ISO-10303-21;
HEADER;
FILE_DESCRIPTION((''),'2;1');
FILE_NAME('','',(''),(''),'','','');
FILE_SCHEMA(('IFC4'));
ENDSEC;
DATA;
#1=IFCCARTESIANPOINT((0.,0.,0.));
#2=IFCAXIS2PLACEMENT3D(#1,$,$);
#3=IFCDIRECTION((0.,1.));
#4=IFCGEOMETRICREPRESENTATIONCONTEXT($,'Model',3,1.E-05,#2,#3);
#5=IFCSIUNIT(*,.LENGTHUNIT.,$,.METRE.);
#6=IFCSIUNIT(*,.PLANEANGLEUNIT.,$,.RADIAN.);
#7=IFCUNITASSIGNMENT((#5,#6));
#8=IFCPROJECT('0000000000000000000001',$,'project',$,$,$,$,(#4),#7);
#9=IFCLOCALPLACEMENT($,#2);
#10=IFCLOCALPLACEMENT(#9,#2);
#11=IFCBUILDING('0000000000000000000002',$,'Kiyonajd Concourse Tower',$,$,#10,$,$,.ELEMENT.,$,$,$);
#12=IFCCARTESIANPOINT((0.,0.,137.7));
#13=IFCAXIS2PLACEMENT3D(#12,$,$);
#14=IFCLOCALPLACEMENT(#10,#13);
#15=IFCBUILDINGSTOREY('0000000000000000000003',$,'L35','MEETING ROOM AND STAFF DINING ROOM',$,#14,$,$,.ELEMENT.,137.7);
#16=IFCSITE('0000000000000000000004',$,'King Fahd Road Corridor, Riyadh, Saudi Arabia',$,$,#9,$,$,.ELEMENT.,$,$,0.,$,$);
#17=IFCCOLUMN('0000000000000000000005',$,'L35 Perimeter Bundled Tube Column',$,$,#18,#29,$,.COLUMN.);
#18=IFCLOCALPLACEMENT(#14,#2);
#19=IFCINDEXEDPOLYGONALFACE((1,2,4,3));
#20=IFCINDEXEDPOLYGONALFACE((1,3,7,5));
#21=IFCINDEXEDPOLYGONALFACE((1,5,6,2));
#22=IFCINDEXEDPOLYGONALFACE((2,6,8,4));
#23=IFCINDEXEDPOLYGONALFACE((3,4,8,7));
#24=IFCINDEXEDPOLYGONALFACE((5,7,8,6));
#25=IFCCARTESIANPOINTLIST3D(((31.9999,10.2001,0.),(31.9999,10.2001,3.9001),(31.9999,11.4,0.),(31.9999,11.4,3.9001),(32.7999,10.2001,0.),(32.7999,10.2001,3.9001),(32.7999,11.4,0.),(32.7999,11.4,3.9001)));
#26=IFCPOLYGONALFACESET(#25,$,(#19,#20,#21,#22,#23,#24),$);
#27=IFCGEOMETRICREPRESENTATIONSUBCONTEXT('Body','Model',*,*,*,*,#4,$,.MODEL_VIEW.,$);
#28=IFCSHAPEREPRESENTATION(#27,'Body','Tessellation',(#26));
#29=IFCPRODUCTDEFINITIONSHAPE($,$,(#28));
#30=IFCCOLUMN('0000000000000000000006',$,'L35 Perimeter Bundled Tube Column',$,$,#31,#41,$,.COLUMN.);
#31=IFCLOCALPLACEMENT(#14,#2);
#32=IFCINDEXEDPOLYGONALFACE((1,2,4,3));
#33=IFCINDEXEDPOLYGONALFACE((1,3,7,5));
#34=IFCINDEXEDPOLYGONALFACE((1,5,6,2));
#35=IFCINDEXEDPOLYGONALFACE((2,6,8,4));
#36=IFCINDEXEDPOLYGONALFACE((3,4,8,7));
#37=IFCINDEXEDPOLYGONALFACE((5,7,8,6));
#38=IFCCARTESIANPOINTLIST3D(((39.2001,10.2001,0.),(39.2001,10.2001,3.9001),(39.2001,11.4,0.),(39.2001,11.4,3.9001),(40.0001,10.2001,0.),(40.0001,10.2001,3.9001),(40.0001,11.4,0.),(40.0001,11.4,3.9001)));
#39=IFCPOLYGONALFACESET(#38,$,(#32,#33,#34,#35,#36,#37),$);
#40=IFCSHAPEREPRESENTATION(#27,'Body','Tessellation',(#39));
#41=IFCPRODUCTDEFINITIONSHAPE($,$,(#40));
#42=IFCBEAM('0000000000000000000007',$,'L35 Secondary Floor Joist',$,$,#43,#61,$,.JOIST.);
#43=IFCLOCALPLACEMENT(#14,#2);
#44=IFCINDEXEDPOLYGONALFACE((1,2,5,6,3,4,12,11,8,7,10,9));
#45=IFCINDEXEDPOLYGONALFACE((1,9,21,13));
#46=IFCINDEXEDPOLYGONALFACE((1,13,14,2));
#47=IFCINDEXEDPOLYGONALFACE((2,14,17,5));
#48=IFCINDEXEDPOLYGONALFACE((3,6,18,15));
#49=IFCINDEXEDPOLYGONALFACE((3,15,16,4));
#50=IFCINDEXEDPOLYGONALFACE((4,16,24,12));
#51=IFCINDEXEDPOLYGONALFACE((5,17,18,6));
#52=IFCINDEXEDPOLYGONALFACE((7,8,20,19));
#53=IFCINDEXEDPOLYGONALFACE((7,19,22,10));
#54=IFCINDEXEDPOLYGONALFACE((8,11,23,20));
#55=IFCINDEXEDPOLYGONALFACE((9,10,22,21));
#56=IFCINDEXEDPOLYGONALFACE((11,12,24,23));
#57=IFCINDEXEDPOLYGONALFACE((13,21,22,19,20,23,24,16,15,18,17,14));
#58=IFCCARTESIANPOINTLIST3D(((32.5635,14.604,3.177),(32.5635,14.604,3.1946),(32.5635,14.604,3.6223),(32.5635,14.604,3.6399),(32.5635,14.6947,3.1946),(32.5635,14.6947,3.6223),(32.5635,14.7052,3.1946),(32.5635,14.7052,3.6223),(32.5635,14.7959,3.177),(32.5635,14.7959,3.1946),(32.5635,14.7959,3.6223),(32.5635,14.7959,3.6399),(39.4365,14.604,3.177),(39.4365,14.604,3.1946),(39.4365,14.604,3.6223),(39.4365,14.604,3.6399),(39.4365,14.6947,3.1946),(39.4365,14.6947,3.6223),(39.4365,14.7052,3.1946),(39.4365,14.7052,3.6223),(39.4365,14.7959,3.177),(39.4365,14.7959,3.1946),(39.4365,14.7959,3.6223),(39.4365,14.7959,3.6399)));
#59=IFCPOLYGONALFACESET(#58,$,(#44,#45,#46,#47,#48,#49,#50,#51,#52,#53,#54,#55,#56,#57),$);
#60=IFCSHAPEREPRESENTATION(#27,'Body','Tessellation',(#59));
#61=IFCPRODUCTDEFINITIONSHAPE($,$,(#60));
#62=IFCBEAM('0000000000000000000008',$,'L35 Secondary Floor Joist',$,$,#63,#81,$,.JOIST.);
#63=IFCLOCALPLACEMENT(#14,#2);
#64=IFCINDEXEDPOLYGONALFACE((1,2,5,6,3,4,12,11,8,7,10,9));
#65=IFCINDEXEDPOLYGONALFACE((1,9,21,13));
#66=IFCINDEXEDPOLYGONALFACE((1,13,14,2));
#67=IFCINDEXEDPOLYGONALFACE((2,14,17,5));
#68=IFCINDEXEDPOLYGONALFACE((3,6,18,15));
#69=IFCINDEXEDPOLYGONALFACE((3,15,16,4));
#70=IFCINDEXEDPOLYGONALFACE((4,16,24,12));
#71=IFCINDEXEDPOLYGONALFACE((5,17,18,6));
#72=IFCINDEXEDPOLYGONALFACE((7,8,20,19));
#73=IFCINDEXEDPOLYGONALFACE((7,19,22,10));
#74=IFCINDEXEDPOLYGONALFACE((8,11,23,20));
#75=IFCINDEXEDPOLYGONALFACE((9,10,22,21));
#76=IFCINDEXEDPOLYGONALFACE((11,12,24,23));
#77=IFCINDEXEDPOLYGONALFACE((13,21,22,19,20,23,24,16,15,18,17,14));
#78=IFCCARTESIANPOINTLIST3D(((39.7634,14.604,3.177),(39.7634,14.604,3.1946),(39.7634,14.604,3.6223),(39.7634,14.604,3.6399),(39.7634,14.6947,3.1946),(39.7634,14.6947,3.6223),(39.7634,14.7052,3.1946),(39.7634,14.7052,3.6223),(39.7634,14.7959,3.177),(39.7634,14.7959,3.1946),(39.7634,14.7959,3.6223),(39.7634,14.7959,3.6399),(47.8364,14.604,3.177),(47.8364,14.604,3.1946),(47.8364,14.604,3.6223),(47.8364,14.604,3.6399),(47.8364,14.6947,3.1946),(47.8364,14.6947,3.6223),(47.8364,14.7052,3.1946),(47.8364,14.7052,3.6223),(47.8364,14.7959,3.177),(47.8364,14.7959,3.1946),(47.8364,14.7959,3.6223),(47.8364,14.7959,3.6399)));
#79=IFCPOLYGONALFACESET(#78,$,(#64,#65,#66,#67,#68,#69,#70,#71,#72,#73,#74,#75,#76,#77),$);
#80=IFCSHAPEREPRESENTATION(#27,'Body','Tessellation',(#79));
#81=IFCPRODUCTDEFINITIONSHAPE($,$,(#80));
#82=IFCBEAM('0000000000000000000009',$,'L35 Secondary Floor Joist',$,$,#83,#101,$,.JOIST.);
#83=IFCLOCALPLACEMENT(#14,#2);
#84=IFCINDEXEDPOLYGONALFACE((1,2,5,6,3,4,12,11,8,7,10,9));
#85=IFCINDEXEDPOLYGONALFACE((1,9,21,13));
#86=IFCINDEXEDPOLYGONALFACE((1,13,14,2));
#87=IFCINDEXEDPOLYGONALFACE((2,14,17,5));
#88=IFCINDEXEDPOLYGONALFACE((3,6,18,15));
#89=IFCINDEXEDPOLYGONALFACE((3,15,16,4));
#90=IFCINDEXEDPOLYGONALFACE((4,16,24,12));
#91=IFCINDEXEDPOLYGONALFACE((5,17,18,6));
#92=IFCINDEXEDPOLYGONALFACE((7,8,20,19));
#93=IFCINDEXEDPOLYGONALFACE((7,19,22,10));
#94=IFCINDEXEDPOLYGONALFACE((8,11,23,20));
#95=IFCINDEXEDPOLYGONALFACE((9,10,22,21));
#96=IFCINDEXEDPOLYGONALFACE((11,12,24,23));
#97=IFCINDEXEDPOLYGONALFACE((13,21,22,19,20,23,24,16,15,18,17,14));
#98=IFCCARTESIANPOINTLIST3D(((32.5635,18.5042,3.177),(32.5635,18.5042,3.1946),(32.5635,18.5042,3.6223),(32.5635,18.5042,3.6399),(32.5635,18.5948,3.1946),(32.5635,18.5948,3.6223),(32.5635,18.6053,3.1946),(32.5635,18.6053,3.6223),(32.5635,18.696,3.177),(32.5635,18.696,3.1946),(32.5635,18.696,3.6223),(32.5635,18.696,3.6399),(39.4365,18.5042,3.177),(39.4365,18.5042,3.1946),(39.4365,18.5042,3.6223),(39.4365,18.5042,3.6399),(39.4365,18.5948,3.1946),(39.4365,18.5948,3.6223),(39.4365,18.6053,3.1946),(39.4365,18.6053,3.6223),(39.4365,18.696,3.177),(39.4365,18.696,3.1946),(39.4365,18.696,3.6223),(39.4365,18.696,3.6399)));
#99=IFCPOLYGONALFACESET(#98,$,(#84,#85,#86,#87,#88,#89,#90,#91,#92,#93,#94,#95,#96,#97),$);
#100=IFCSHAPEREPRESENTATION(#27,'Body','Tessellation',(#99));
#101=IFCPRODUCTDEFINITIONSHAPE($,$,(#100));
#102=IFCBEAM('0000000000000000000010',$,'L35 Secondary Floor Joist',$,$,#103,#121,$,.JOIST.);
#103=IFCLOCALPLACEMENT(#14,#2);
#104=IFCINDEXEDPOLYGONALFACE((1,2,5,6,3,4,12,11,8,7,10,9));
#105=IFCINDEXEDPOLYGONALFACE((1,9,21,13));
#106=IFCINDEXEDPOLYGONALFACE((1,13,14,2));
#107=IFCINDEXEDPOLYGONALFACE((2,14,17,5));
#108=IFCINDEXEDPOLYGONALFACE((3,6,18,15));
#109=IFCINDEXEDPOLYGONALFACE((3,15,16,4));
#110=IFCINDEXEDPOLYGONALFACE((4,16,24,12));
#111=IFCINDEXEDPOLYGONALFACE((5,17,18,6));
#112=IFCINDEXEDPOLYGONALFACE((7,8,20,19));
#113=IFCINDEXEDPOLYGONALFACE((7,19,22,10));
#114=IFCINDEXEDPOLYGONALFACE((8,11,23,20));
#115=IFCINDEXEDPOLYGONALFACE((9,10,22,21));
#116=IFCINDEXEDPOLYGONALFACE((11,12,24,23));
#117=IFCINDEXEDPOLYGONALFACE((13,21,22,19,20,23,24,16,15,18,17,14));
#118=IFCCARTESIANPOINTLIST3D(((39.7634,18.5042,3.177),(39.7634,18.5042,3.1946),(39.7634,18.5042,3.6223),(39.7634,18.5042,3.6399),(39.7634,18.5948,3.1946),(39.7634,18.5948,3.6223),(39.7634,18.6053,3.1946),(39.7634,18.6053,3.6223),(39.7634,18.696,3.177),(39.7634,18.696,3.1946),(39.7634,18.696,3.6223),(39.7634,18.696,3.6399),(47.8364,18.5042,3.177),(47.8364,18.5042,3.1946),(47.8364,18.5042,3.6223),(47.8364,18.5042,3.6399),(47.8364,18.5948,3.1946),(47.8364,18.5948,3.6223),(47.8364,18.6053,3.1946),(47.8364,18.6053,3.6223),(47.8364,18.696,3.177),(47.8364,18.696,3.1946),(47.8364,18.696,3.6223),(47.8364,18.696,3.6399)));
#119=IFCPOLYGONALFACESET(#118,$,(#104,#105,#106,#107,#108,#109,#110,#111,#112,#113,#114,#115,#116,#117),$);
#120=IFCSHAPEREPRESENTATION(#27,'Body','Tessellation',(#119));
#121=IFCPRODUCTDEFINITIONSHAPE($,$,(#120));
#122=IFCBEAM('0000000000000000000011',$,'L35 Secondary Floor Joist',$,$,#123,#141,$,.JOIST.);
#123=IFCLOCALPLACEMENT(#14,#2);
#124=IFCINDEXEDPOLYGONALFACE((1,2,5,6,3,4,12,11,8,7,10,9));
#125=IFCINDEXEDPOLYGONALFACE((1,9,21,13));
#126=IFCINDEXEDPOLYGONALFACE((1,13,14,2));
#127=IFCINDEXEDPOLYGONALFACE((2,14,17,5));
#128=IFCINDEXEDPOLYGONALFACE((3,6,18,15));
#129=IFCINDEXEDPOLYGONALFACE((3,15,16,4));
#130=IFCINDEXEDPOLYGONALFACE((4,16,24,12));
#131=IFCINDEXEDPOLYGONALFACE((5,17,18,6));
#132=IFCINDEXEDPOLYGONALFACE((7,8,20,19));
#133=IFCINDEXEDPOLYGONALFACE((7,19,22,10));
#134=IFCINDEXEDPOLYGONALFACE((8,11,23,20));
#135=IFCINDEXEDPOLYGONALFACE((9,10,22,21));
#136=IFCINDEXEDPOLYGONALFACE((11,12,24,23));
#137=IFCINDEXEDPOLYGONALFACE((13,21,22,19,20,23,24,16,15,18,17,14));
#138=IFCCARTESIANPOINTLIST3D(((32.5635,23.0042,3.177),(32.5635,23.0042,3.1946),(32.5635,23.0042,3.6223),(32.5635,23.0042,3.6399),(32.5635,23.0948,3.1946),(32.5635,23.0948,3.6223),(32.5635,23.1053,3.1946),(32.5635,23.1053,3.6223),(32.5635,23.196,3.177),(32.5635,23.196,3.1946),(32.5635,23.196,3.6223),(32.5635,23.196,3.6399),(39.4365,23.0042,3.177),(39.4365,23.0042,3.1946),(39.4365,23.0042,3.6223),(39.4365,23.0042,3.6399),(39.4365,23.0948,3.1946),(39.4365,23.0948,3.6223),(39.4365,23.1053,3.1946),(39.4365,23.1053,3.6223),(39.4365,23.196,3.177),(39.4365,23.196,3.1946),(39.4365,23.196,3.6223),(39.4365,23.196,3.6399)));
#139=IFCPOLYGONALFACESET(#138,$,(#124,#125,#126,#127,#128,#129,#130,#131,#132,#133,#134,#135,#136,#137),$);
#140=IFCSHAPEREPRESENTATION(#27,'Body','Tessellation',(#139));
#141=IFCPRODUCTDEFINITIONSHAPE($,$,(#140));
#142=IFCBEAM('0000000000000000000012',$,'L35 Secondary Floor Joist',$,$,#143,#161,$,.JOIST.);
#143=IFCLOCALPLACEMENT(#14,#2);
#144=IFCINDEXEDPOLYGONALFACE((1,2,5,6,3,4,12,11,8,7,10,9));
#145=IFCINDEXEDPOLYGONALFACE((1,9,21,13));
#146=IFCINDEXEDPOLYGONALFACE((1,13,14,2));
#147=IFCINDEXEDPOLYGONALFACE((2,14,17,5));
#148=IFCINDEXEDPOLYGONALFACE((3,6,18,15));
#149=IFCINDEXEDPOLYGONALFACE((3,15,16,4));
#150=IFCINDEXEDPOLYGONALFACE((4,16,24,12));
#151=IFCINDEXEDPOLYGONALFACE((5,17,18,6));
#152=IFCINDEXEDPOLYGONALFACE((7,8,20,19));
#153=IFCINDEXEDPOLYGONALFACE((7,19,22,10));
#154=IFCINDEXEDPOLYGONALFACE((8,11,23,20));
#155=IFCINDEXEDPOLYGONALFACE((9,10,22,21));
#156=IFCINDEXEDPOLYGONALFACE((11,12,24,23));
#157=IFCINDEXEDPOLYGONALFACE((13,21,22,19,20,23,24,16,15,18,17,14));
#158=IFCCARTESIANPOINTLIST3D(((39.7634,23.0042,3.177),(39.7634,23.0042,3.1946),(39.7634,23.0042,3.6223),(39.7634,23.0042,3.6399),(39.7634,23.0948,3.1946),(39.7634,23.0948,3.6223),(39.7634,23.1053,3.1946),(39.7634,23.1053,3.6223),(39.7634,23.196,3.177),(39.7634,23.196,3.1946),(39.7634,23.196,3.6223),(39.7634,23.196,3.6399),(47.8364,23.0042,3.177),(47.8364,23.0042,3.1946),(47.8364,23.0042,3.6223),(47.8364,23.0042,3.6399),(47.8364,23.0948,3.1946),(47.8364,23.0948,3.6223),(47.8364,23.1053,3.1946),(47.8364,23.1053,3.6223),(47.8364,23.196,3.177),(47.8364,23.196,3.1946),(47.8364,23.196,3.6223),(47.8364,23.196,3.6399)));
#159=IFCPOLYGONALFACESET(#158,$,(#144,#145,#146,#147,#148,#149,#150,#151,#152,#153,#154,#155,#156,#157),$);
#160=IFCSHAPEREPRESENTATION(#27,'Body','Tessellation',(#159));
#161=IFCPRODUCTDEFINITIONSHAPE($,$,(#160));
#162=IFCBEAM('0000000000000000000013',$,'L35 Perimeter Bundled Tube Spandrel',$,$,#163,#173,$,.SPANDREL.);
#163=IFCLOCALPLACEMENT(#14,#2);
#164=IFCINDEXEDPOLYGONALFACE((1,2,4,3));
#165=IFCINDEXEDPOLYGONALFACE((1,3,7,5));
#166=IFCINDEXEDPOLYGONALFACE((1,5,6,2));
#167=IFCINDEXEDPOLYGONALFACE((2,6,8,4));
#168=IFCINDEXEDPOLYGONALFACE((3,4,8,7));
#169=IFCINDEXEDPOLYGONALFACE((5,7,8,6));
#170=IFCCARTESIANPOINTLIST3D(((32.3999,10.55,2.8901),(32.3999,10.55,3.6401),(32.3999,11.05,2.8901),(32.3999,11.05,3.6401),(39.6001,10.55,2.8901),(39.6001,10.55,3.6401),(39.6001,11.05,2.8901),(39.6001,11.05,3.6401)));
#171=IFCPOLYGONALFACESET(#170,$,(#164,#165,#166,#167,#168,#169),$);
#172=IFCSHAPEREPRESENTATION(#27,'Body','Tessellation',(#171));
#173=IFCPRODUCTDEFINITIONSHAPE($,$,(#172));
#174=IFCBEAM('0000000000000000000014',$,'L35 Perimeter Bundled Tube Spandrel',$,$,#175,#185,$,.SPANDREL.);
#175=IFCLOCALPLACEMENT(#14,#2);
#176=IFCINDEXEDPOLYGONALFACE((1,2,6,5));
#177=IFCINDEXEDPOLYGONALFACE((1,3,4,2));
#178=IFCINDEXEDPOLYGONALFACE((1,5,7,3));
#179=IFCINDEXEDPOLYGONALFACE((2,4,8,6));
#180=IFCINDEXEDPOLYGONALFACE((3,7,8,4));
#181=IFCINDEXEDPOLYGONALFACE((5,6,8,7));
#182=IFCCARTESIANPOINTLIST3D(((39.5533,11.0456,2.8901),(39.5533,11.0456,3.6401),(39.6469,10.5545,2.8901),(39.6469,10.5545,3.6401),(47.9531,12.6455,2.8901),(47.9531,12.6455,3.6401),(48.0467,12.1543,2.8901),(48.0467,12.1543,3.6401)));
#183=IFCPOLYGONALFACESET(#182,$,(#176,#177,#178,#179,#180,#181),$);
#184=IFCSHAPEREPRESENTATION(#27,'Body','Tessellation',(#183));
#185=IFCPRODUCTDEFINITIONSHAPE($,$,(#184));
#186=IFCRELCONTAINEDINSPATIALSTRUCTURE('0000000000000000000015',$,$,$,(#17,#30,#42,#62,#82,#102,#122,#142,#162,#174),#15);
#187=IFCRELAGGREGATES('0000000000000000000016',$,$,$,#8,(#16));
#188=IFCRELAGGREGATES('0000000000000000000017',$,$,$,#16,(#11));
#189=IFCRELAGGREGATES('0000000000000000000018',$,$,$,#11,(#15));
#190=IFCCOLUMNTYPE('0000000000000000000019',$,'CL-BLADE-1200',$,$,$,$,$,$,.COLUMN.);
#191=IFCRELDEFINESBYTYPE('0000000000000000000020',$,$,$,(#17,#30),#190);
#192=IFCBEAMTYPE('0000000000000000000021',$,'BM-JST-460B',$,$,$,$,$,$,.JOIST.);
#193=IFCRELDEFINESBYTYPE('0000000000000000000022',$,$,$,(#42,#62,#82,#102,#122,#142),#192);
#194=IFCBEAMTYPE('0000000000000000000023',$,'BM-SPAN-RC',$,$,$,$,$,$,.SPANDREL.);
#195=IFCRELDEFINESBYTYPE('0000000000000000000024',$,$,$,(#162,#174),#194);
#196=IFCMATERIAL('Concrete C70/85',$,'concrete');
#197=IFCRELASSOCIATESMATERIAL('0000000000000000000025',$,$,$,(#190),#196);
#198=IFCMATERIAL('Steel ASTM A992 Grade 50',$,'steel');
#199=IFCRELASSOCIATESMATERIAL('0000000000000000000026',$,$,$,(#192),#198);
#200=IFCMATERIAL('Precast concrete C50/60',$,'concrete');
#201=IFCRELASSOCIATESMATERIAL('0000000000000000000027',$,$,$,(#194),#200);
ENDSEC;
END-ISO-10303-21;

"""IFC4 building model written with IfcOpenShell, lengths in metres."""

from ifc_helpers import new_model, si_unit, direction, frame, origin, origin_2d, place, context, subcontext, project, spatial, rectangle, i_section, extrude, material, material_profile, profile_set, type_object, element, save


model = new_model("IFC4")

# Units and contexts
model_context = context("Model", 3, precision=1e-05, world=origin(), true_north=direction((0.0, 1.0)))
body_context = subcontext(model_context, "Body", "Model", "MODEL_VIEW")
ifc_project = project(units=[si_unit("LENGTHUNIT", "METRE"), si_unit("PLANEANGLEUNIT", "RADIAN")], contexts=[model_context])

# Site, building, storey
site_placement = place(None, origin())
site = spatial("IfcSite", under=ifc_project, at=site_placement, Name="King Fahd Road Corridor, Riyadh, Saudi Arabia", CompositionType="ELEMENT", RefElevation=0.0)
building_placement = place(site_placement, origin())
building = spatial("IfcBuilding", under=site, at=building_placement, Name="Kiyonajd Concourse Tower", CompositionType="ELEMENT")
storey_placement = place(building_placement, frame((0.0, 0.0, 137.7)))
storey = spatial("IfcBuildingStorey", under=building, at=storey_placement, Name="L35", Description="MEETING ROOM AND STAFF DINING ROOM", CompositionType="ELEMENT", Elevation=137.7)

# Columns
ifc_material_1 = material(Name="Concrete C70/85", Category="concrete")
ifc_material_profile_1 = material_profile(ifc_material_1, rectangle(XDim=0.8, YDim=1.2, at=origin_2d()), Name="RC-1200x800")
ifc_profile_set_1 = profile_set([ifc_material_profile_1], Name="Concrete C70/85")
column_type = type_object("IfcColumnType", Name="CL-BLADE-1200", PredefinedType="COLUMN", material=ifc_profile_set_1)
for number, where, z_axis, x_axis, name in (
    (1, (32.3999, 10.8, 0.0), (0.0, 0.0, 1.0), (1.0, 0.0, 0.0), "L35 Perimeter Bundled Tube Column"),
    (2, (39.6001, 10.8, 0.0), (0.0, 0.0, 1.0), (1.0, 0.0, 0.0), "L35 Perimeter Bundled Tube Column"),
):
    element("IfcColumn", number, at=place(storey_placement, frame(where, z_axis=z_axis, x_axis=x_axis)), inside=storey, type_object=column_type, Name=name, PredefinedType="COLUMN", context=body_context, shape_type="SweptSolid", body=[
        extrude(rectangle(XDim=0.8, YDim=1.2, at=origin_2d()), origin(), (0.0, 0.0, 1.0), 3.9001),
    ])

# Beams
ifc_material_2 = material(Name="Steel ASTM A992 Grade 50", Category="steel")
ifc_material_profile_2 = material_profile(ifc_material_2, i_section(OverallWidth=0.1919, OverallDepth=0.4629, WebThickness=0.0105, FlangeThickness=0.0176, at=origin_2d()), Name="W460X89")
ifc_profile_set_2 = profile_set([ifc_material_profile_2], Name="Steel ASTM A992 Grade 50")
beam_type_1 = type_object("IfcBeamType", Name="BM-JST-460B", PredefinedType="JOIST", material=ifc_profile_set_2)
beam_1_placement = place(storey_placement, frame((32.5635, 14.7, 3.4084), z_axis=(1.0, 0.0, 0.0), x_axis=(0.0, 1.0, 0.0)))
element("IfcBeam", 3, at=beam_1_placement, inside=storey, type_object=beam_type_1, Name="L35 Secondary Floor Joist", PredefinedType="JOIST", context=body_context, shape_type="SweptSolid", body=[
    extrude(i_section(OverallWidth=0.1919, OverallDepth=0.4629, WebThickness=0.0105, FlangeThickness=0.0176, at=origin_2d()), origin(), (0.0, 0.0, 1.0), 6.873),
])
beam_2_placement = place(storey_placement, frame((39.7634, 14.7, 3.4084), z_axis=(1.0, 0.0, 0.0), x_axis=(0.0, 1.0, 0.0)))
element("IfcBeam", 4, at=beam_2_placement, inside=storey, type_object=beam_type_1, Name="L35 Secondary Floor Joist", PredefinedType="JOIST", context=body_context, shape_type="SweptSolid", body=[
    extrude(i_section(OverallWidth=0.1919, OverallDepth=0.4629, WebThickness=0.0105, FlangeThickness=0.0176, at=origin_2d()), origin(), (0.0, 0.0, 1.0), 8.073),
])
beam_3_placement = place(storey_placement, frame((32.5635, 18.6001, 3.4084), z_axis=(1.0, 0.0, 0.0), x_axis=(0.0, 1.0, 0.0)))
element("IfcBeam", 5, at=beam_3_placement, inside=storey, type_object=beam_type_1, Name="L35 Secondary Floor Joist", PredefinedType="JOIST", context=body_context, shape_type="SweptSolid", body=[
    extrude(i_section(OverallWidth=0.1919, OverallDepth=0.4629, WebThickness=0.0105, FlangeThickness=0.0176, at=origin_2d()), origin(), (0.0, 0.0, 1.0), 6.873),
])
beam_4_placement = place(storey_placement, frame((39.7634, 18.6001, 3.4084), z_axis=(1.0, 0.0, 0.0), x_axis=(0.0, 1.0, 0.0)))
element("IfcBeam", 6, at=beam_4_placement, inside=storey, type_object=beam_type_1, Name="L35 Secondary Floor Joist", PredefinedType="JOIST", context=body_context, shape_type="SweptSolid", body=[
    extrude(i_section(OverallWidth=0.1919, OverallDepth=0.4629, WebThickness=0.0105, FlangeThickness=0.0176, at=origin_2d()), origin(), (0.0, 0.0, 1.0), 8.073),
])
beam_5_placement = place(storey_placement, frame((32.5635, 23.1001, 3.4084), z_axis=(1.0, 0.0, 0.0), x_axis=(0.0, 1.0, 0.0)))
element("IfcBeam", 7, at=beam_5_placement, inside=storey, type_object=beam_type_1, Name="L35 Secondary Floor Joist", PredefinedType="JOIST", context=body_context, shape_type="SweptSolid", body=[
    extrude(i_section(OverallWidth=0.1919, OverallDepth=0.4629, WebThickness=0.0105, FlangeThickness=0.0176, at=origin_2d()), origin(), (0.0, 0.0, 1.0), 6.873),
])
beam_6_placement = place(storey_placement, frame((39.7634, 23.1001, 3.4084), z_axis=(1.0, 0.0, 0.0), x_axis=(0.0, 1.0, 0.0)))
element("IfcBeam", 8, at=beam_6_placement, inside=storey, type_object=beam_type_1, Name="L35 Secondary Floor Joist", PredefinedType="JOIST", context=body_context, shape_type="SweptSolid", body=[
    extrude(i_section(OverallWidth=0.1919, OverallDepth=0.4629, WebThickness=0.0105, FlangeThickness=0.0176, at=origin_2d()), origin(), (0.0, 0.0, 1.0), 8.073),
])
ifc_material_3 = material(Name="Precast concrete C50/60", Category="concrete")
ifc_material_profile_3 = material_profile(ifc_material_3, rectangle(XDim=0.5, YDim=0.75, at=origin_2d()), Name="RCBM-500x750")
ifc_profile_set_3 = profile_set([ifc_material_profile_3], Name="Precast concrete C50/60")
beam_type_2 = type_object("IfcBeamType", Name="BM-SPAN-RC", PredefinedType="SPANDREL", material=ifc_profile_set_3)
beam_7_placement = place(storey_placement, frame((32.3999, 10.8, 3.2651), z_axis=(1.0, 0.0, 0.0), x_axis=(0.0, 1.0, 0.0)))
element("IfcBeam", 9, at=beam_7_placement, inside=storey, type_object=beam_type_2, Name="L35 Perimeter Bundled Tube Spandrel", PredefinedType="SPANDREL", context=body_context, shape_type="SweptSolid", body=[
    extrude(rectangle(XDim=0.5, YDim=0.75, at=origin_2d()), origin(), (0.0, 0.0, 1.0), 7.2002),
])
beam_8_placement = place(storey_placement, frame((39.6001, 10.8, 3.2651), z_axis=(0.982341, 0.187098, 0.0), x_axis=(-0.187098, 0.982341, 0.0)))
element("IfcBeam", 10, at=beam_8_placement, inside=storey, type_object=beam_type_2, Name="L35 Perimeter Bundled Tube Spandrel", PredefinedType="SPANDREL", context=body_context, shape_type="SweptSolid", body=[
    extrude(rectangle(XDim=0.5, YDim=0.75, at=origin_2d()), origin(), (0.0, 0.0, 1.0), 8.5508),
])

save(model, "model.ifc")
